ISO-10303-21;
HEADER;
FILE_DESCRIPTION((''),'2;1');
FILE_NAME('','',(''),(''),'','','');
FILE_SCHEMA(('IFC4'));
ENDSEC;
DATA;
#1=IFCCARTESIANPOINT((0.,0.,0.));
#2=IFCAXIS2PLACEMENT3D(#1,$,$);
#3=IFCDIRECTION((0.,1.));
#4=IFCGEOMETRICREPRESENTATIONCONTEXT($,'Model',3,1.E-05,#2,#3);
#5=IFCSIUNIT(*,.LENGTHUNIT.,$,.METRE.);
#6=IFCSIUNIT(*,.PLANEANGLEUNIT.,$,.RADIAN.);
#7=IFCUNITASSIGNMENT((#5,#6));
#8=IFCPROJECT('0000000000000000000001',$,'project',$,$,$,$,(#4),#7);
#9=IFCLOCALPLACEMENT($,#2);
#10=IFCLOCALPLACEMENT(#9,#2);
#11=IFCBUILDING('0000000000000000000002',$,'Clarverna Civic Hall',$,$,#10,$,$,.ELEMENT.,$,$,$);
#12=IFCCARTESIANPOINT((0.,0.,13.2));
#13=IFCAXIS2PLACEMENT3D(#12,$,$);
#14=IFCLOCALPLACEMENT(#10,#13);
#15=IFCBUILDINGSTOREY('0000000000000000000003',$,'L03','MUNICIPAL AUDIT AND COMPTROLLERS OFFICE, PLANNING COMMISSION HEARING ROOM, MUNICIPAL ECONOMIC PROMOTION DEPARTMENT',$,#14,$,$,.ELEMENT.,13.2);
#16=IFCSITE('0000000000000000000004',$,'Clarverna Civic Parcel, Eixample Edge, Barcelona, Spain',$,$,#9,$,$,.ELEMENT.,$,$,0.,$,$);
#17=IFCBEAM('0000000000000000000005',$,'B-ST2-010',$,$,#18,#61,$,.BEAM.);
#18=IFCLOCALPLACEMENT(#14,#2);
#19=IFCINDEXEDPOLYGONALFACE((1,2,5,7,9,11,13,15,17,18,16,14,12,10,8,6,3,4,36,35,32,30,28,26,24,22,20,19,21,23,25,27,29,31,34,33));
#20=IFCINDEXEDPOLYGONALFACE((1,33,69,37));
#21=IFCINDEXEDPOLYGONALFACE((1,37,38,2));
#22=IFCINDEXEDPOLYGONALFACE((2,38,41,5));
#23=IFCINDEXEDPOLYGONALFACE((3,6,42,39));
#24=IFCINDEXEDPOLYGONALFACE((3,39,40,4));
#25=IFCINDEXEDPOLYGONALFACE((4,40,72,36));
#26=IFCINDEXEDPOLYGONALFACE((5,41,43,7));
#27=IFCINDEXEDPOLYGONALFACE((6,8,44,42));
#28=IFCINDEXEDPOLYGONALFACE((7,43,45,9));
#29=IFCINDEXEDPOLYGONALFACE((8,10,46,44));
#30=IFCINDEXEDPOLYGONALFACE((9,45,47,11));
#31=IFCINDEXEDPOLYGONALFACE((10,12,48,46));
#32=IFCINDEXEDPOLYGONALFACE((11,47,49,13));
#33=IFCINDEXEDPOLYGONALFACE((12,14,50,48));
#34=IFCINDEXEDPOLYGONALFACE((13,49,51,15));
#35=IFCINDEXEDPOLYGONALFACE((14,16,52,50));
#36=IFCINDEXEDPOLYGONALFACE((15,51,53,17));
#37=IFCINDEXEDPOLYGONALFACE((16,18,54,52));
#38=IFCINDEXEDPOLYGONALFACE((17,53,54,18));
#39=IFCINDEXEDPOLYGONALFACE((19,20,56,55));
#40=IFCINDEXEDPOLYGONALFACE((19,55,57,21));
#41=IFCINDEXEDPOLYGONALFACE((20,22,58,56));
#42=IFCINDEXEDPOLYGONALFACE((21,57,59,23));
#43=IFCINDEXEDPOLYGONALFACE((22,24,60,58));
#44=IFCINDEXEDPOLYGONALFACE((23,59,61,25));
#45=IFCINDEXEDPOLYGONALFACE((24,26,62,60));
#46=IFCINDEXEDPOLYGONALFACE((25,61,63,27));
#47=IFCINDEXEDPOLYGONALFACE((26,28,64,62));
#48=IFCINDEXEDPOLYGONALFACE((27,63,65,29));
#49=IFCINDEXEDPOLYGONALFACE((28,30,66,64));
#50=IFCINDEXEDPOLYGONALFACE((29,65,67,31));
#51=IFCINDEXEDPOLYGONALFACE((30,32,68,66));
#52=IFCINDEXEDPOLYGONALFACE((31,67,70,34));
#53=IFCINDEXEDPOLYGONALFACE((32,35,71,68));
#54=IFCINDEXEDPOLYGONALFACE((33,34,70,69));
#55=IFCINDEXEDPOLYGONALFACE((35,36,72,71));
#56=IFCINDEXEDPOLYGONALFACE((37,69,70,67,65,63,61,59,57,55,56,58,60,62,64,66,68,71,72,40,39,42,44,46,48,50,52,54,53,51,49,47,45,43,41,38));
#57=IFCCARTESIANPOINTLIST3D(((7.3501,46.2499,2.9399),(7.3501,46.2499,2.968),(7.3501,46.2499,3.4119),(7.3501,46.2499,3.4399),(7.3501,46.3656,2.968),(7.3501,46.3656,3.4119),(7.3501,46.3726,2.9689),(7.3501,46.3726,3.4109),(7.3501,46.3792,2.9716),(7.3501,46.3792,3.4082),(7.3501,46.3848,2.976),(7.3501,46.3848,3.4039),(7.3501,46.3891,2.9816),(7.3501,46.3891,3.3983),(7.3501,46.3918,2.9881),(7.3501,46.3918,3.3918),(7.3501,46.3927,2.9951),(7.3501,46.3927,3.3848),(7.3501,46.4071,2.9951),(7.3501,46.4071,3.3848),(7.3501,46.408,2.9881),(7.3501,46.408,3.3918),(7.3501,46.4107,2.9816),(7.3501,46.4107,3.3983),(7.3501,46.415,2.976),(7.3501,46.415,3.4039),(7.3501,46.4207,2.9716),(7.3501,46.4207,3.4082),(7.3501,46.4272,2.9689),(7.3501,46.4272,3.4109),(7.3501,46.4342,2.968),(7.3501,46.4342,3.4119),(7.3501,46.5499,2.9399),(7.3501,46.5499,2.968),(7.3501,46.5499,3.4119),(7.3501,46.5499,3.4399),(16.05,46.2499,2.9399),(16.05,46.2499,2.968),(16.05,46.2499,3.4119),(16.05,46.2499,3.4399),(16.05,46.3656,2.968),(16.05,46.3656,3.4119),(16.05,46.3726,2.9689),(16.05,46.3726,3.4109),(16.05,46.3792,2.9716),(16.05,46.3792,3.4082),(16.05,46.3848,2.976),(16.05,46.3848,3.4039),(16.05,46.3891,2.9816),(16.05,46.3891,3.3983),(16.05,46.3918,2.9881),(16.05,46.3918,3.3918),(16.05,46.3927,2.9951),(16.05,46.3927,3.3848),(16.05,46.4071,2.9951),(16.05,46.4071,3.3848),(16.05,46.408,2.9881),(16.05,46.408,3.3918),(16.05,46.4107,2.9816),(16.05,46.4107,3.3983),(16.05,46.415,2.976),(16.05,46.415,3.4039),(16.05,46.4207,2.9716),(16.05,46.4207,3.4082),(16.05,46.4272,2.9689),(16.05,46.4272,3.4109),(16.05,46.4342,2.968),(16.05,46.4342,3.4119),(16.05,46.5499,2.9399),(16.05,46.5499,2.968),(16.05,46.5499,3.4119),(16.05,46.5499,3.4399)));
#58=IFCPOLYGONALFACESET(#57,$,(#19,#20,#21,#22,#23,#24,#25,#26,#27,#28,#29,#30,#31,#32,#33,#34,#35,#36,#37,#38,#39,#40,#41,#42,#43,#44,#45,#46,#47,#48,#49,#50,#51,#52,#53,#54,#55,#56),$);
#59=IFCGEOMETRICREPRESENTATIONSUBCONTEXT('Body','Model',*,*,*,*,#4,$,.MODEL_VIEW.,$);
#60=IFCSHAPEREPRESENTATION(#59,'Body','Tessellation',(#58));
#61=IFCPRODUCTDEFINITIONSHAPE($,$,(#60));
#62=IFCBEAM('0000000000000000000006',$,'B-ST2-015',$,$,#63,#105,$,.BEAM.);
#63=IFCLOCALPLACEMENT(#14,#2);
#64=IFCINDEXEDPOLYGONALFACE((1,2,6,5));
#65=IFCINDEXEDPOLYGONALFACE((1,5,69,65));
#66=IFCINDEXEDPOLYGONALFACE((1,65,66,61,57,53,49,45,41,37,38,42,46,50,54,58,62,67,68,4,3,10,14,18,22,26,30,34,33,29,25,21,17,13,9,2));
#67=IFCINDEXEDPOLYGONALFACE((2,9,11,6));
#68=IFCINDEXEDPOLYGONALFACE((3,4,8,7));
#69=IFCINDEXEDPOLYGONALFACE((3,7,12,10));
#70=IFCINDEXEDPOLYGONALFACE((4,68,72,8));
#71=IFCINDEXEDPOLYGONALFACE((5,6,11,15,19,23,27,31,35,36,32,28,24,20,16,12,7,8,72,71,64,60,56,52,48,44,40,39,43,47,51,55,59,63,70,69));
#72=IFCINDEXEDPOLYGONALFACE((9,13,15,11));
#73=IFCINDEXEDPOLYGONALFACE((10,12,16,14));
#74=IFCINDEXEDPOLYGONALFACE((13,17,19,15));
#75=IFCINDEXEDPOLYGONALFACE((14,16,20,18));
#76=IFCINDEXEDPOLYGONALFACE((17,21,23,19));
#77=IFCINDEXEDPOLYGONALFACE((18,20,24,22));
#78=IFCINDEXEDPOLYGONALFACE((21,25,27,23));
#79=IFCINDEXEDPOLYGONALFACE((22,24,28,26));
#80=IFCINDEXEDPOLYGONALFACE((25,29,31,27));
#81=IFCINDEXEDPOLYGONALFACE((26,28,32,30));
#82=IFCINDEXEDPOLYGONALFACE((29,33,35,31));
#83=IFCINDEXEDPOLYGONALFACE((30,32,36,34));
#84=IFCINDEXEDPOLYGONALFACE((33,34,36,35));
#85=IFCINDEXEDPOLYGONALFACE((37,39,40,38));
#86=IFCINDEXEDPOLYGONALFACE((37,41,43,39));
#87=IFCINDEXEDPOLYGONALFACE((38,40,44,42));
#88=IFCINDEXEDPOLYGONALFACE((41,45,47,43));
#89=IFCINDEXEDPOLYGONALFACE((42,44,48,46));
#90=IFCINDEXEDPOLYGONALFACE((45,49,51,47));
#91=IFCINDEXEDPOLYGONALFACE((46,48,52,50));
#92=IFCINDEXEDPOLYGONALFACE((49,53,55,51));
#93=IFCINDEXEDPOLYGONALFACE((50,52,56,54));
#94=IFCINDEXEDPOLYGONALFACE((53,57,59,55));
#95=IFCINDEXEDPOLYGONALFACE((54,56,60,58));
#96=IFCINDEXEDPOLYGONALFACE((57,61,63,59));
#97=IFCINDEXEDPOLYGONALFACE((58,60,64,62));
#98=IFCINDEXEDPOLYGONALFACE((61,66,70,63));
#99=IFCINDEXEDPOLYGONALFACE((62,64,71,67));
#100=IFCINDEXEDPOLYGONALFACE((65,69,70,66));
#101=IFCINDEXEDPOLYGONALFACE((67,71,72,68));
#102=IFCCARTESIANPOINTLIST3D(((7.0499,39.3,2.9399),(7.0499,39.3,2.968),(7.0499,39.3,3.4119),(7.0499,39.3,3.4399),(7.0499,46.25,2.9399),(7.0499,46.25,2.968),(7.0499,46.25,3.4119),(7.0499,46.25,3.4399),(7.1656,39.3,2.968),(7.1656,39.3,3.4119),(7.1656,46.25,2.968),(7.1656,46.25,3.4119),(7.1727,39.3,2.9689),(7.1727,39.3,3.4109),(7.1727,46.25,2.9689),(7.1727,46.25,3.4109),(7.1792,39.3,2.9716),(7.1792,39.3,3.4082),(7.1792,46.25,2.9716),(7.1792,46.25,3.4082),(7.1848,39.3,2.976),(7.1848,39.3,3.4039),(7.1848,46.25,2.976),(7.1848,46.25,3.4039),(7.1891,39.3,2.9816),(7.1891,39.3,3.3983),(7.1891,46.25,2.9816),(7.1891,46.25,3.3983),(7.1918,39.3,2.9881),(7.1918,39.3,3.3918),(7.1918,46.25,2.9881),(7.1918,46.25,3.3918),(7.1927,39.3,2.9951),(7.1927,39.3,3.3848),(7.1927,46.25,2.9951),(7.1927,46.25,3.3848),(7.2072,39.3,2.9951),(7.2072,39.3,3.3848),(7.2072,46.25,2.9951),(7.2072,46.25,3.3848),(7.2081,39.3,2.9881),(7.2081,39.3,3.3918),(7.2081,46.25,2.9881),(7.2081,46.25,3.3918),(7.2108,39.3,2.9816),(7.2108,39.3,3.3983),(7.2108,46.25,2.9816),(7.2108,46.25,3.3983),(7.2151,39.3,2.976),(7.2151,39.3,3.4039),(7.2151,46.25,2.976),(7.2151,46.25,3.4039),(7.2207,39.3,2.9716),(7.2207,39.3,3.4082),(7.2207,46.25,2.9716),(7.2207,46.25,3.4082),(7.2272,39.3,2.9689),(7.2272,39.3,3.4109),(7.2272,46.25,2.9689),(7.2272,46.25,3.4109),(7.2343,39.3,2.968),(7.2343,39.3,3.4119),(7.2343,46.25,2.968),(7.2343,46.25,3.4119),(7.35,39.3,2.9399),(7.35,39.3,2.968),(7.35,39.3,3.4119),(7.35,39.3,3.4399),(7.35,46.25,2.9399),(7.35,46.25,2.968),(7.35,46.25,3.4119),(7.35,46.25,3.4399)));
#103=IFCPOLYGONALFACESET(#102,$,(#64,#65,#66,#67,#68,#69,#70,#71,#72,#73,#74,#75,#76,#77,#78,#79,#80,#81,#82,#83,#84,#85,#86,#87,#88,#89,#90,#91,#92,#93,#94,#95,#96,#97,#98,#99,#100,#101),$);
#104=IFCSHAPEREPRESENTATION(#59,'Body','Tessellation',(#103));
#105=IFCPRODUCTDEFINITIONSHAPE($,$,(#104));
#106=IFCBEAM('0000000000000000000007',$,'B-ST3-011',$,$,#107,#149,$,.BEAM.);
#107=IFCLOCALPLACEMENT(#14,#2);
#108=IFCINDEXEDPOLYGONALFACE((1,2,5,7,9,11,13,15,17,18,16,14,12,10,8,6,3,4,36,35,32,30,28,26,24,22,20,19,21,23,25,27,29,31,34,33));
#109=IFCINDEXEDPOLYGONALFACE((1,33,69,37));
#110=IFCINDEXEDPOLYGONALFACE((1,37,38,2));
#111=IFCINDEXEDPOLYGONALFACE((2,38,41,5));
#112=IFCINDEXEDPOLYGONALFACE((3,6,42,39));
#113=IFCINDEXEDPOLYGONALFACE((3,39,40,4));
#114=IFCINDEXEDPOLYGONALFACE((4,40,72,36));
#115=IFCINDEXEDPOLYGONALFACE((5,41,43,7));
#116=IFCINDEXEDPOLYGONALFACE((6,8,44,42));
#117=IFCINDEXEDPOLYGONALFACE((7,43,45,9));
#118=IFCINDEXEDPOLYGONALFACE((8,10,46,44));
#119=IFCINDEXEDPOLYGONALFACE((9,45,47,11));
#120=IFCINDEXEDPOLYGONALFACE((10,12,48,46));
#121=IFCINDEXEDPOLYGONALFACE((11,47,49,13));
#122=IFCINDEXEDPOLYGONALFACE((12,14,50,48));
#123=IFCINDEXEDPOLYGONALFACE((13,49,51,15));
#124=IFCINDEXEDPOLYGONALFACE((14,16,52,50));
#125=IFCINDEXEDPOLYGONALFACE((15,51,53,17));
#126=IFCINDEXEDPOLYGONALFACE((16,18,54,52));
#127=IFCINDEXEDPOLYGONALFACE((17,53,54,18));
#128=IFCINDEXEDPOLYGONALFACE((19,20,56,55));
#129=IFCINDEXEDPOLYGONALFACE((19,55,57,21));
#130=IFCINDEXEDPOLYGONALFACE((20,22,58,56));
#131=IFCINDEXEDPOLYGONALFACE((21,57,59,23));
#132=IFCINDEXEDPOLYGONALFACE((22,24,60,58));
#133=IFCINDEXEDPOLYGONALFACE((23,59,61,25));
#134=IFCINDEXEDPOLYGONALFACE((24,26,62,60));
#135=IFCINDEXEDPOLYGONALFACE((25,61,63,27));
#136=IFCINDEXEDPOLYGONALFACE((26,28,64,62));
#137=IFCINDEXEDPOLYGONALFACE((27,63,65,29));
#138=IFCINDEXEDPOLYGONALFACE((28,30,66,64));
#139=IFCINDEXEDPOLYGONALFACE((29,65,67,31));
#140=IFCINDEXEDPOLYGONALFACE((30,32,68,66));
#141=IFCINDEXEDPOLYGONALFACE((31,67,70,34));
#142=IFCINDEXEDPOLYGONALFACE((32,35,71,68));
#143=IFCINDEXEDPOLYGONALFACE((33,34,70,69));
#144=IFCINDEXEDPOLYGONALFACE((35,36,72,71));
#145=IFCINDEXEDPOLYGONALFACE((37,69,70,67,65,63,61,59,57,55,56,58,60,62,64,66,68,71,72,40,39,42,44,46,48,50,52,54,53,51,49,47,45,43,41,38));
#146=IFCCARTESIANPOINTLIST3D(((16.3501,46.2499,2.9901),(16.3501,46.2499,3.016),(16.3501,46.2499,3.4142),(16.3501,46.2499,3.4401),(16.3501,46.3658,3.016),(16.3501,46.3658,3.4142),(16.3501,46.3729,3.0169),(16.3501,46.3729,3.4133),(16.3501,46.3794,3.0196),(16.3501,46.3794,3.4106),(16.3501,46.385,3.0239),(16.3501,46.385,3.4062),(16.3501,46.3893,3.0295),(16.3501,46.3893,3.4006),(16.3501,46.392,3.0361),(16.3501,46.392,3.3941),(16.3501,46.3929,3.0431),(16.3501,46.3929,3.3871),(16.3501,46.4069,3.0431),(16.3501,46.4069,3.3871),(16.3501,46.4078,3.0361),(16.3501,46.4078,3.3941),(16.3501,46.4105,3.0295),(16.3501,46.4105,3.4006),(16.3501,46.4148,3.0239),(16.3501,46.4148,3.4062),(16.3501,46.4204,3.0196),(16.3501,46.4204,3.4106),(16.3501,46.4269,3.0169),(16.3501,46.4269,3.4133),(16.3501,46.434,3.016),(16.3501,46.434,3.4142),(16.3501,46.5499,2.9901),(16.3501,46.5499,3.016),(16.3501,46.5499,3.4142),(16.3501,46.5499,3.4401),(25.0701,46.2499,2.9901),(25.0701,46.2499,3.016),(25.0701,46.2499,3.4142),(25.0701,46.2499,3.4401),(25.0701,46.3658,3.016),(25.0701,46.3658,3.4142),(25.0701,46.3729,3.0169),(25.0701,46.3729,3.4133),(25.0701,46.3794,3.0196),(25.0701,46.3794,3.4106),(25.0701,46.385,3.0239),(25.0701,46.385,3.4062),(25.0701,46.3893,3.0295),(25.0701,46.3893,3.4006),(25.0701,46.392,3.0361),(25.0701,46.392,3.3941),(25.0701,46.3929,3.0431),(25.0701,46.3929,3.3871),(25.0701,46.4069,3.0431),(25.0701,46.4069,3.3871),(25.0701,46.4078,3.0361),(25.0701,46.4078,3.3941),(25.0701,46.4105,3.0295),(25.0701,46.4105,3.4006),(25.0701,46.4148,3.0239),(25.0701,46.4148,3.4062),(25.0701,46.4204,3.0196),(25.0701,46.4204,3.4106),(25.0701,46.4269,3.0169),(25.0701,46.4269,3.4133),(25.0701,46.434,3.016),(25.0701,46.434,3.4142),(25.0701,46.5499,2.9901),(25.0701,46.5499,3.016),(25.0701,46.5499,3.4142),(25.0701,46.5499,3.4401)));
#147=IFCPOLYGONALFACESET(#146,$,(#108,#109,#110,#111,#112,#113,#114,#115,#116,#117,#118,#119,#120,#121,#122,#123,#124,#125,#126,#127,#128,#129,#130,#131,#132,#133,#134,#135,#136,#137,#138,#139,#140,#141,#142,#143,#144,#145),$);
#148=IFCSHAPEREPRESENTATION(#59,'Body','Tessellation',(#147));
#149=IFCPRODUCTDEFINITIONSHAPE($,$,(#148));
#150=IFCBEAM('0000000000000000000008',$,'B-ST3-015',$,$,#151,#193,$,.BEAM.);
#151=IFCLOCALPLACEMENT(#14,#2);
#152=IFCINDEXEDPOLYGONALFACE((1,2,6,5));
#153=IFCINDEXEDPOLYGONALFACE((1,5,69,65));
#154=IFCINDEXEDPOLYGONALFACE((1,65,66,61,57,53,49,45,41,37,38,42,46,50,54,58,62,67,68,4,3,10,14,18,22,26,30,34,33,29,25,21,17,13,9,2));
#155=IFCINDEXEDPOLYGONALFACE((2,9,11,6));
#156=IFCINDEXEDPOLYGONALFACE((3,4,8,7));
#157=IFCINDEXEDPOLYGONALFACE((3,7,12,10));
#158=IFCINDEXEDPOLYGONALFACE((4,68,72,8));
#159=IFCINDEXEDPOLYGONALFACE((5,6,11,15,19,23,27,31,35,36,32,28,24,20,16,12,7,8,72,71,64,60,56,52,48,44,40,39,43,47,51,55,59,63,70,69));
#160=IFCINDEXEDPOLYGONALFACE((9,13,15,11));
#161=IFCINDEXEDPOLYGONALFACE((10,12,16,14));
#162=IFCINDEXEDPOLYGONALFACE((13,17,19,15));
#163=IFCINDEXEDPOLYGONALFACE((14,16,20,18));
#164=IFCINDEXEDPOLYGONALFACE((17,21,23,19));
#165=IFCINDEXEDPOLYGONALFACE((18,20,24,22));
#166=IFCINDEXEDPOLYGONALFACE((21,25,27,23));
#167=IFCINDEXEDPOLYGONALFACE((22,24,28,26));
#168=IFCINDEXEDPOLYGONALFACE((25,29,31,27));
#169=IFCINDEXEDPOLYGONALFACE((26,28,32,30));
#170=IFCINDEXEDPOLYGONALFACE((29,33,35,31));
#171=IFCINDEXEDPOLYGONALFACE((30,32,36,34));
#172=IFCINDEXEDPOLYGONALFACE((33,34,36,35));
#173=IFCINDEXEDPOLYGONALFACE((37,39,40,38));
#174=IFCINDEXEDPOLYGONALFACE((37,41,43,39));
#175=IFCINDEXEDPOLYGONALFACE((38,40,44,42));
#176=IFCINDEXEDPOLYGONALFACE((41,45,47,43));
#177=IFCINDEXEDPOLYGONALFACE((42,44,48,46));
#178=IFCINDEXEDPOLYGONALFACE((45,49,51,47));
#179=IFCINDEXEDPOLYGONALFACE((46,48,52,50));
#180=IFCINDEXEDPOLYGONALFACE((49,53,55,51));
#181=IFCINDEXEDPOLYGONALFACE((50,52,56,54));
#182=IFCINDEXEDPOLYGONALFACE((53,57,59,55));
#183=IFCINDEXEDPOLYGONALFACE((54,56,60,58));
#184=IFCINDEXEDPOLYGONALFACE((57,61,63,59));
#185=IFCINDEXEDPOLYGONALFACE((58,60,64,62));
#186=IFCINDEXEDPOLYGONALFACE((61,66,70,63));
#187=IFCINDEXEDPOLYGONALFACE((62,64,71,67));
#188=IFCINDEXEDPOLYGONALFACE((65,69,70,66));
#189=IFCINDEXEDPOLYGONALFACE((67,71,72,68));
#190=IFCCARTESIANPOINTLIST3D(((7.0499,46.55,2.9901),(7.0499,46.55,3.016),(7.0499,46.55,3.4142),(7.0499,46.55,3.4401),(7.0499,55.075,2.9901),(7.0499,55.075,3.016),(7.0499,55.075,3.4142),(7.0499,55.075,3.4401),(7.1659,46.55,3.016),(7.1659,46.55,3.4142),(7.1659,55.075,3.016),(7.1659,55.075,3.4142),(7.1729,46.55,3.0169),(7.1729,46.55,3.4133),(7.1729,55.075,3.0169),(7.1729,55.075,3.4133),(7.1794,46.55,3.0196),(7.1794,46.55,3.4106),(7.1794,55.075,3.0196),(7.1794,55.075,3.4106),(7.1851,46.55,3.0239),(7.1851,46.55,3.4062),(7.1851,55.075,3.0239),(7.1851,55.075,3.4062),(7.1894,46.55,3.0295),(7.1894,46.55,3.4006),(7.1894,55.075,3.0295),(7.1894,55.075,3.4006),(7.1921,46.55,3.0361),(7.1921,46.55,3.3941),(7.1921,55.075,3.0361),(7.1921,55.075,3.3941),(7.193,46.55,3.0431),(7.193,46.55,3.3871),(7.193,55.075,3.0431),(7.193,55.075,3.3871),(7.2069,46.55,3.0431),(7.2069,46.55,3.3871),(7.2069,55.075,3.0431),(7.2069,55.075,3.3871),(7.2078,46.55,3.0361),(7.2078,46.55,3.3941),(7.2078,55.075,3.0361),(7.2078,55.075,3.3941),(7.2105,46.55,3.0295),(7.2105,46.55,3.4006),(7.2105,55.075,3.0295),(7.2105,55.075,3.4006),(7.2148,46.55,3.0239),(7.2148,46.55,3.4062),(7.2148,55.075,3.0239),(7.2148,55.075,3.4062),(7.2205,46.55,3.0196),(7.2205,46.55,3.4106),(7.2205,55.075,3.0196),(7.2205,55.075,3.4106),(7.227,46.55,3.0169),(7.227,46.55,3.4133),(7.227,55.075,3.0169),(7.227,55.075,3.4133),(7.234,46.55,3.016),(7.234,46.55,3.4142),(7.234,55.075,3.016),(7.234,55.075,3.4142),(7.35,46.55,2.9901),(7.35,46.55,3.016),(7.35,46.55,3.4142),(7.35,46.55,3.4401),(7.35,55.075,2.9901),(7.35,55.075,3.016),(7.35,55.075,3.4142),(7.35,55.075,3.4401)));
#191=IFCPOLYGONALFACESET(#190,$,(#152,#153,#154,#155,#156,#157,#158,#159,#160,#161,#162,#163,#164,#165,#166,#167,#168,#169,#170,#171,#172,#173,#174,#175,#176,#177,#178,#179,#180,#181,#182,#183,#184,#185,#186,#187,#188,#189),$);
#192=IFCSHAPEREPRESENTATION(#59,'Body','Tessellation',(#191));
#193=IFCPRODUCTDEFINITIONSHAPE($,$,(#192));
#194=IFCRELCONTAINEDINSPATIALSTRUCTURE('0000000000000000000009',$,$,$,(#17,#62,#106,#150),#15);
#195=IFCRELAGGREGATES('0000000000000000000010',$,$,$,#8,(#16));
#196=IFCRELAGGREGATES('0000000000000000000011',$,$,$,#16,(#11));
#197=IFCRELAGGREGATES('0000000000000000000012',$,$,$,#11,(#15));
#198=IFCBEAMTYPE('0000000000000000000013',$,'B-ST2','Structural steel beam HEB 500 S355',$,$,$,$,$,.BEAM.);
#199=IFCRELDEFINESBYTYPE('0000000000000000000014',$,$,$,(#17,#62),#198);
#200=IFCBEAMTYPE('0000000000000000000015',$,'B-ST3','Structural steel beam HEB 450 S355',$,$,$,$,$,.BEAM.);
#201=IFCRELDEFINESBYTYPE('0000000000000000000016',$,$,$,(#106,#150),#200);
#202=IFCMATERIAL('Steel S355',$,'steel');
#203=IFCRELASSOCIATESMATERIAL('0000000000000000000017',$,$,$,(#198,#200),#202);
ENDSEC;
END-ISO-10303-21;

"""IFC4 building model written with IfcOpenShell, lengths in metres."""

from ifc_helpers import new_model, si_unit, direction, frame, origin, origin_2d, place, context, subcontext, project, spatial, i_section, extrude, material, material_profile, profile_set, type_object, element, save


model = new_model("IFC4")

# Units and contexts
model_context = context("Model", 3, precision=1e-05, world=origin(), true_north=direction((0.0, 1.0)))
body_context = subcontext(model_context, "Body", "Model", "MODEL_VIEW")
ifc_project = project(units=[si_unit("LENGTHUNIT", "METRE"), si_unit("PLANEANGLEUNIT", "RADIAN")], contexts=[model_context])

# Site, building, storey
site_placement = place(None, origin())
site = spatial("IfcSite", under=ifc_project, at=site_placement, Name="Clarverna Civic Parcel, Eixample Edge, Barcelona, Spain", CompositionType="ELEMENT", RefElevation=0.0)
building_placement = place(site_placement, origin())
building = spatial("IfcBuilding", under=site, at=building_placement, Name="Clarverna Civic Hall", CompositionType="ELEMENT")
storey_placement = place(building_placement, frame((0.0, 0.0, 13.2)))
storey = spatial("IfcBuildingStorey", under=building, at=storey_placement, Name="L03", Description="MUNICIPAL AUDIT AND COMPTROLLERS OFFICE, PLANNING COMMISSION HEARING ROOM, MUNICIPAL ECONOMIC PROMOTION DEPARTMENT", CompositionType="ELEMENT", Elevation=13.2)

# Shared definitions
ifc_material_1 = material(Name="Steel S355", Category="steel")

# Beams
ifc_material_profile_1 = material_profile(ifc_material_1, i_section(OverallWidth=0.3, OverallDepth=0.5, WebThickness=0.0144, FlangeThickness=0.0281, FilletRadius=0.0271, at=origin_2d()), Name="HEB 500")
ifc_profile_set_1 = profile_set([ifc_material_profile_1], Name="Steel S355")
beam_type_1 = type_object("IfcBeamType", Name="B-ST2", Description="Structural steel beam HEB 500 S355", PredefinedType="BEAM", material=ifc_profile_set_1)
beam_1_placement = place(storey_placement, frame((7.3501, 46.3999, 3.1899), z_axis=(1.0, 0.0, 0.0), x_axis=(0.0, 1.0, 0.0)))
element("IfcBeam", 1, at=beam_1_placement, inside=storey, type_object=beam_type_1, Name="B-ST2-010", PredefinedType="BEAM", context=body_context, shape_type="SweptSolid", body=[
    extrude(i_section(OverallWidth=0.3, OverallDepth=0.5, WebThickness=0.0144, FlangeThickness=0.0281, FilletRadius=0.0271, at=origin_2d()), origin(), (0.0, 0.0, 1.0), 8.7),
])
beam_2_placement = place(storey_placement, frame((7.2, 39.3, 3.1899), z_axis=(0.0, 1.0, 0.0), x_axis=(-1.0, 0.0, 0.0)))
element("IfcBeam", 2, at=beam_2_placement, inside=storey, type_object=beam_type_1, Name="B-ST2-015", PredefinedType="BEAM", context=body_context, shape_type="SweptSolid", body=[
    extrude(i_section(OverallWidth=0.3, OverallDepth=0.5, WebThickness=0.0144, FlangeThickness=0.0281, FilletRadius=0.0271, at=origin_2d()), origin(), (0.0, 0.0, 1.0), 6.95),
])
ifc_material_profile_2 = material_profile(ifc_material_1, i_section(OverallWidth=0.3, OverallDepth=0.45, WebThickness=0.0139, FlangeThickness=0.0259, FilletRadius=0.0271, at=origin_2d()), Name="HEB 450")
ifc_profile_set_2 = profile_set([ifc_material_profile_2], Name="Steel S355")
beam_type_2 = type_object("IfcBeamType", Name="B-ST3", Description="Structural steel beam HEB 450 S355", PredefinedType="BEAM", material=ifc_profile_set_2)
beam_3_placement = place(storey_placement, frame((16.3501, 46.3999, 3.2151), z_axis=(1.0, 0.0, 0.0), x_axis=(0.0, 1.0, 0.0)))
element("IfcBeam", 3, at=beam_3_placement, inside=storey, type_object=beam_type_2, Name="B-ST3-011", PredefinedType="BEAM", context=body_context, shape_type="SweptSolid", body=[
    extrude(i_section(OverallWidth=0.3, OverallDepth=0.45, WebThickness=0.0139, FlangeThickness=0.0259, FilletRadius=0.0271, at=origin_2d()), origin(), (0.0, 0.0, 1.0), 8.72),
])
beam_4_placement = place(storey_placement, frame((7.2, 46.55, 3.2151), z_axis=(0.0, 1.0, 0.0), x_axis=(-1.0, 0.0, 0.0)))
element("IfcBeam", 4, at=beam_4_placement, inside=storey, type_object=beam_type_2, Name="B-ST3-015", PredefinedType="BEAM", context=body_context, shape_type="SweptSolid", body=[
    extrude(i_section(OverallWidth=0.3, OverallDepth=0.45, WebThickness=0.0139, FlangeThickness=0.0259, FilletRadius=0.0271, at=origin_2d()), origin(), (0.0, 0.0, 1.0), 8.5249),
])

save(model, "model.ifc")
